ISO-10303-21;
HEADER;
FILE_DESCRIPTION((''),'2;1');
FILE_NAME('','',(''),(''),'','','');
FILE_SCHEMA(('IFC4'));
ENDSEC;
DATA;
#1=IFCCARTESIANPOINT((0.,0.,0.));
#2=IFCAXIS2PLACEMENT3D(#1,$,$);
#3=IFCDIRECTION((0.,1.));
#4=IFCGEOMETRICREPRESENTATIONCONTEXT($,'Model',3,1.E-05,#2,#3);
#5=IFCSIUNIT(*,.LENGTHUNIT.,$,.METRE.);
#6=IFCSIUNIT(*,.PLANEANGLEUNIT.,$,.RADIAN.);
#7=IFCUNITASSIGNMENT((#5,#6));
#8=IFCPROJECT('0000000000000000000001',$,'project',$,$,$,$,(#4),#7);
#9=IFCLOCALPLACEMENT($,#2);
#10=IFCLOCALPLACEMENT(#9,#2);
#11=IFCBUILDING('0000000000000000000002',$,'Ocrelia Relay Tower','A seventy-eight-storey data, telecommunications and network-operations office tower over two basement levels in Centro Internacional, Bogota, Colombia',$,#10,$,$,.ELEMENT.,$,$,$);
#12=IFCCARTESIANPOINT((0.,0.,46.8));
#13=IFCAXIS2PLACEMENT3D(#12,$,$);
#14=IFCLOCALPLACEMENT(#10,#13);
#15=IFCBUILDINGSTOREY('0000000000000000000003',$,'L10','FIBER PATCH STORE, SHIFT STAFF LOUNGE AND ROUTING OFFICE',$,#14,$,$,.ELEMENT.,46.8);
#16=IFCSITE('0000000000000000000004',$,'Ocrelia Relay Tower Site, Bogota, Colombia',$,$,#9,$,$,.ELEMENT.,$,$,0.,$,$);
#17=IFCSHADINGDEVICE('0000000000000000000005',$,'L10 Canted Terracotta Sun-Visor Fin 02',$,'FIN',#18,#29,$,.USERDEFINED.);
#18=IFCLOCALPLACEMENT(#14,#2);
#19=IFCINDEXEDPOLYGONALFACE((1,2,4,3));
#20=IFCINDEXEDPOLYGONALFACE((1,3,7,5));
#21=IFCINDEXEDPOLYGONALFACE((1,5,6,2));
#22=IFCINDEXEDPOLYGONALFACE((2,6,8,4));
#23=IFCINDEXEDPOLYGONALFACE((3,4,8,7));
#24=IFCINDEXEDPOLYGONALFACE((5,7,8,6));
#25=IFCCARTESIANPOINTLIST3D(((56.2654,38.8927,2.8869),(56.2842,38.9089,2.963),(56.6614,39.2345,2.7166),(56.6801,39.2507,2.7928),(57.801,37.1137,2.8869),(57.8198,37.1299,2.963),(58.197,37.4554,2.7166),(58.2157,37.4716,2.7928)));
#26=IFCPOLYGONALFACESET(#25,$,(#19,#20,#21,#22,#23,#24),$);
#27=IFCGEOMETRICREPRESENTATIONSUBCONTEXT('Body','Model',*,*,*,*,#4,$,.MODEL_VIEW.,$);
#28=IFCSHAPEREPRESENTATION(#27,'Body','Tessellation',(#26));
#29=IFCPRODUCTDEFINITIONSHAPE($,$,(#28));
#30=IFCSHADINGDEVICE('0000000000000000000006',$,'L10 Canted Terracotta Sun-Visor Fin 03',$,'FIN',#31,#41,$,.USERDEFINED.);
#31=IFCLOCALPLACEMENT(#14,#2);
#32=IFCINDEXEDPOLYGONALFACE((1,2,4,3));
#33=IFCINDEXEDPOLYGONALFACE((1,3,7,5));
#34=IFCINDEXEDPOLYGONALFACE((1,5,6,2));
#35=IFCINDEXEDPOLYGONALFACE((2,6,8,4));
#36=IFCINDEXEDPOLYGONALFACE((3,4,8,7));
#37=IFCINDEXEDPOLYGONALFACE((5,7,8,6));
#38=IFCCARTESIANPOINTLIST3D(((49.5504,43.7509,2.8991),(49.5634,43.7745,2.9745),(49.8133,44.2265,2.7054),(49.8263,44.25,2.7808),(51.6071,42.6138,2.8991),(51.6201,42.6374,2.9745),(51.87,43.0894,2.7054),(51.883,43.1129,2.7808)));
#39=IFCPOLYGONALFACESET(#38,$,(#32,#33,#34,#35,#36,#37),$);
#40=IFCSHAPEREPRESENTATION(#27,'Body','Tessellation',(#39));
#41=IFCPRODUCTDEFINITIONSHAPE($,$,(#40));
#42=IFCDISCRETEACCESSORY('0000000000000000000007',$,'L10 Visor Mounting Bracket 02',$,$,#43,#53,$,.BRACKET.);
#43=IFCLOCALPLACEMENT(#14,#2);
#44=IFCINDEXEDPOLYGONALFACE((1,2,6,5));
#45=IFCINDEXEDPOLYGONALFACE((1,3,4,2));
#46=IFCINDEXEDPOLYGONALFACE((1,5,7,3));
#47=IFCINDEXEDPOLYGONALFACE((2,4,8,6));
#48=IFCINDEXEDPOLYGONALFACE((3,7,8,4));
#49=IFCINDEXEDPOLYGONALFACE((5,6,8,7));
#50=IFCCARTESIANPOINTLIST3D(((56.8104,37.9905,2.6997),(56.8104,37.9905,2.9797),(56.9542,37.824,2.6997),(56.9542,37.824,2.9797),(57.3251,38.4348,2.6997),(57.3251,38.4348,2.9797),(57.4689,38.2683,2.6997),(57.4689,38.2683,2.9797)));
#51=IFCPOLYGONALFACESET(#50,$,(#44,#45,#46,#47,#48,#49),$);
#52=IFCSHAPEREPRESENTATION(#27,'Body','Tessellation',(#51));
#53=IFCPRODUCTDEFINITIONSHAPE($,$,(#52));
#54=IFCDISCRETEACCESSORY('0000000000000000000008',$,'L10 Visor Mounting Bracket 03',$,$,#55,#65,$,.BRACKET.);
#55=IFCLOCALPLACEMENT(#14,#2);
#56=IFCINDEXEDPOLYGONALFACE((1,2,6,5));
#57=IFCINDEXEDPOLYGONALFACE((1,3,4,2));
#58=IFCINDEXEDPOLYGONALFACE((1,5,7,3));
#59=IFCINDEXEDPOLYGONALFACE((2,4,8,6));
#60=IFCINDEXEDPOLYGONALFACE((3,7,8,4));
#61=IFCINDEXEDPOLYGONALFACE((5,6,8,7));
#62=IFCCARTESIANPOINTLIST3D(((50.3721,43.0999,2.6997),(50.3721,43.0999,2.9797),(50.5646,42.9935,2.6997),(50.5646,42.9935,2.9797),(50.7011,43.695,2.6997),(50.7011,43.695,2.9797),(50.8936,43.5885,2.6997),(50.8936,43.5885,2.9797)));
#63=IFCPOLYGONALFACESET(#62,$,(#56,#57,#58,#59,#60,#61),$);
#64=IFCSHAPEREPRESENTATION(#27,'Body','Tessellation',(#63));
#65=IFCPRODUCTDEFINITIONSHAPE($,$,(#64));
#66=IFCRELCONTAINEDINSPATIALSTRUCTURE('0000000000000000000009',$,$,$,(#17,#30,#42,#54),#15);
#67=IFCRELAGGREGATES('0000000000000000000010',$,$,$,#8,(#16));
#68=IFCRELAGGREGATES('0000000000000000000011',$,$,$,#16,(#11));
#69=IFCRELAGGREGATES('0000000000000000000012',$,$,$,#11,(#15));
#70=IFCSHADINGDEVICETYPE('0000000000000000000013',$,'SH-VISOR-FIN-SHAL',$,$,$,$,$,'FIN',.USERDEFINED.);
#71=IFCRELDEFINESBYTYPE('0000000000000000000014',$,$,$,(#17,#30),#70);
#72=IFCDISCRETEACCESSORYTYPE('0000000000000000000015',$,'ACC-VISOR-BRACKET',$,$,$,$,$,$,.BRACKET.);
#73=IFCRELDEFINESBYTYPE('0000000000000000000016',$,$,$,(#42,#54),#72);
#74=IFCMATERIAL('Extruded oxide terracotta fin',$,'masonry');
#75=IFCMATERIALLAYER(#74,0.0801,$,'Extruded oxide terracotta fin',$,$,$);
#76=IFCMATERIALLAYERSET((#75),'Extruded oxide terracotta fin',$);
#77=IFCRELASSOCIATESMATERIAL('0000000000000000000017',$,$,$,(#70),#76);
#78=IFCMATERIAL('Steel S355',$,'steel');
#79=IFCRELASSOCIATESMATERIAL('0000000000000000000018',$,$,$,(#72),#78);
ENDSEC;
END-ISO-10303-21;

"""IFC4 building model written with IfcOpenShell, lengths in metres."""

from ifc_helpers import new_model, si_unit, direction, frame, origin, origin_2d, place, context, subcontext, project, spatial, rectangle, extrude, material, layer, layer_set, type_object, element, save


model = new_model("IFC4")

# Units and contexts
model_context = context("Model", 3, precision=1e-05, world=origin(), true_north=direction((0.0, 1.0)))
body_context = subcontext(model_context, "Body", "Model", "MODEL_VIEW")
ifc_project = project(units=[si_unit("LENGTHUNIT", "METRE"), si_unit("PLANEANGLEUNIT", "RADIAN")], contexts=[model_context])

# Site, building, storey
site_placement = place(None, origin())
site = spatial("IfcSite", under=ifc_project, at=site_placement, Name="Ocrelia Relay Tower Site, Bogota, Colombia", CompositionType="ELEMENT", RefElevation=0.0)
building_placement = place(site_placement, origin())
building = spatial("IfcBuilding", under=site, at=building_placement, Name="Ocrelia Relay Tower", Description="A seventy-eight-storey data, telecommunications and network-operations office tower over two basement levels in Centro Internacional, Bogota, Colombia", CompositionType="ELEMENT")
storey_placement = place(building_placement, frame((0.0, 0.0, 46.8)))
storey = spatial("IfcBuildingStorey", under=building, at=storey_placement, Name="L10", Description="FIBER PATCH STORE, SHIFT STAFF LOUNGE AND ROUTING OFFICE", CompositionType="ELEMENT", Elevation=46.8)

# Shared definitions
ifc_material_1 = material(Name="Steel S355", Category="steel")

# Shading devices
ifc_material_2 = material(Name="Extruded oxide terracotta fin", Category="masonry")
ifc_layer_1 = layer(ifc_material_2, 0.0801, Name="Extruded oxide terracotta fin")
ifc_layer_set_1 = layer_set([ifc_layer_1], Name="Extruded oxide terracotta fin")
shading_device_type_1 = type_object("IfcShadingDeviceType", Name="SH-VISOR-FIN-SHAL", ElementType="FIN", PredefinedType="USERDEFINED", material=ifc_layer_set_1)
shading_device_1_placement = place(storey_placement, frame((57.2312, 38.1741, 2.8018), z_axis=(0.234303, 0.202242, 0.950895), x_axis=(-0.653416, 0.756999, 0.0)))
element("IfcShadingDevice", 1, at=shading_device_1_placement, inside=storey, type_object=shading_device_type_1, Name="L10 Canted Terracotta Sun-Visor Fin 02", ObjectType="FIN", PredefinedType="USERDEFINED", context=body_context, shape_type="SweptSolid", body=[
    extrude(rectangle(XDim=2.3501, YDim=0.55, at=origin_2d()), origin(), (0.0, 0.0, 1.0), 0.0801),
])
shading_device_2_placement = place(storey_placement, frame((50.7102, 43.4202, 2.8022), z_axis=(0.16247, 0.293857, 0.94194), x_axis=(-0.875147, 0.483856, 0.0)))
element("IfcShadingDevice", 2, at=shading_device_2_placement, inside=storey, type_object=shading_device_type_1, Name="L10 Canted Terracotta Sun-Visor Fin 03", ObjectType="FIN", PredefinedType="USERDEFINED", context=body_context, shape_type="SweptSolid", body=[
    extrude(rectangle(XDim=2.3501, YDim=0.5769, at=origin_2d()), origin(), (0.0, 0.0, 1.0), 0.0801),
])

# Discrete accessories
discrete_accessory_type = type_object("IfcDiscreteAccessoryType", Name="ACC-VISOR-BRACKET", PredefinedType="BRACKET", material=ifc_material_1)
for number, where, z_axis, x_axis, name in (
    (3, (57.1396, 38.1294, 2.6997), (0.0, 0.0, 1.0), (-0.653416, 0.756999, 0.0), "L10 Visor Mounting Bracket 02"),
    (4, (50.6328, 43.3442, 2.6997), (0.0, 0.0, 1.0), (-0.875147, 0.483856, 0.0), "L10 Visor Mounting Bracket 03"),
):
    element("IfcDiscreteAccessory", number, at=place(storey_placement, frame(where, z_axis=z_axis, x_axis=x_axis)), inside=storey, type_object=discrete_accessory_type, Name=name, PredefinedType="BRACKET", context=body_context, shape_type="SweptSolid", body=[
        extrude(rectangle(XDim=0.22, YDim=0.6799, at=origin_2d()), origin(), (0.0, 0.0, 1.0), 0.28),
    ])

save(model, "model.ifc")
